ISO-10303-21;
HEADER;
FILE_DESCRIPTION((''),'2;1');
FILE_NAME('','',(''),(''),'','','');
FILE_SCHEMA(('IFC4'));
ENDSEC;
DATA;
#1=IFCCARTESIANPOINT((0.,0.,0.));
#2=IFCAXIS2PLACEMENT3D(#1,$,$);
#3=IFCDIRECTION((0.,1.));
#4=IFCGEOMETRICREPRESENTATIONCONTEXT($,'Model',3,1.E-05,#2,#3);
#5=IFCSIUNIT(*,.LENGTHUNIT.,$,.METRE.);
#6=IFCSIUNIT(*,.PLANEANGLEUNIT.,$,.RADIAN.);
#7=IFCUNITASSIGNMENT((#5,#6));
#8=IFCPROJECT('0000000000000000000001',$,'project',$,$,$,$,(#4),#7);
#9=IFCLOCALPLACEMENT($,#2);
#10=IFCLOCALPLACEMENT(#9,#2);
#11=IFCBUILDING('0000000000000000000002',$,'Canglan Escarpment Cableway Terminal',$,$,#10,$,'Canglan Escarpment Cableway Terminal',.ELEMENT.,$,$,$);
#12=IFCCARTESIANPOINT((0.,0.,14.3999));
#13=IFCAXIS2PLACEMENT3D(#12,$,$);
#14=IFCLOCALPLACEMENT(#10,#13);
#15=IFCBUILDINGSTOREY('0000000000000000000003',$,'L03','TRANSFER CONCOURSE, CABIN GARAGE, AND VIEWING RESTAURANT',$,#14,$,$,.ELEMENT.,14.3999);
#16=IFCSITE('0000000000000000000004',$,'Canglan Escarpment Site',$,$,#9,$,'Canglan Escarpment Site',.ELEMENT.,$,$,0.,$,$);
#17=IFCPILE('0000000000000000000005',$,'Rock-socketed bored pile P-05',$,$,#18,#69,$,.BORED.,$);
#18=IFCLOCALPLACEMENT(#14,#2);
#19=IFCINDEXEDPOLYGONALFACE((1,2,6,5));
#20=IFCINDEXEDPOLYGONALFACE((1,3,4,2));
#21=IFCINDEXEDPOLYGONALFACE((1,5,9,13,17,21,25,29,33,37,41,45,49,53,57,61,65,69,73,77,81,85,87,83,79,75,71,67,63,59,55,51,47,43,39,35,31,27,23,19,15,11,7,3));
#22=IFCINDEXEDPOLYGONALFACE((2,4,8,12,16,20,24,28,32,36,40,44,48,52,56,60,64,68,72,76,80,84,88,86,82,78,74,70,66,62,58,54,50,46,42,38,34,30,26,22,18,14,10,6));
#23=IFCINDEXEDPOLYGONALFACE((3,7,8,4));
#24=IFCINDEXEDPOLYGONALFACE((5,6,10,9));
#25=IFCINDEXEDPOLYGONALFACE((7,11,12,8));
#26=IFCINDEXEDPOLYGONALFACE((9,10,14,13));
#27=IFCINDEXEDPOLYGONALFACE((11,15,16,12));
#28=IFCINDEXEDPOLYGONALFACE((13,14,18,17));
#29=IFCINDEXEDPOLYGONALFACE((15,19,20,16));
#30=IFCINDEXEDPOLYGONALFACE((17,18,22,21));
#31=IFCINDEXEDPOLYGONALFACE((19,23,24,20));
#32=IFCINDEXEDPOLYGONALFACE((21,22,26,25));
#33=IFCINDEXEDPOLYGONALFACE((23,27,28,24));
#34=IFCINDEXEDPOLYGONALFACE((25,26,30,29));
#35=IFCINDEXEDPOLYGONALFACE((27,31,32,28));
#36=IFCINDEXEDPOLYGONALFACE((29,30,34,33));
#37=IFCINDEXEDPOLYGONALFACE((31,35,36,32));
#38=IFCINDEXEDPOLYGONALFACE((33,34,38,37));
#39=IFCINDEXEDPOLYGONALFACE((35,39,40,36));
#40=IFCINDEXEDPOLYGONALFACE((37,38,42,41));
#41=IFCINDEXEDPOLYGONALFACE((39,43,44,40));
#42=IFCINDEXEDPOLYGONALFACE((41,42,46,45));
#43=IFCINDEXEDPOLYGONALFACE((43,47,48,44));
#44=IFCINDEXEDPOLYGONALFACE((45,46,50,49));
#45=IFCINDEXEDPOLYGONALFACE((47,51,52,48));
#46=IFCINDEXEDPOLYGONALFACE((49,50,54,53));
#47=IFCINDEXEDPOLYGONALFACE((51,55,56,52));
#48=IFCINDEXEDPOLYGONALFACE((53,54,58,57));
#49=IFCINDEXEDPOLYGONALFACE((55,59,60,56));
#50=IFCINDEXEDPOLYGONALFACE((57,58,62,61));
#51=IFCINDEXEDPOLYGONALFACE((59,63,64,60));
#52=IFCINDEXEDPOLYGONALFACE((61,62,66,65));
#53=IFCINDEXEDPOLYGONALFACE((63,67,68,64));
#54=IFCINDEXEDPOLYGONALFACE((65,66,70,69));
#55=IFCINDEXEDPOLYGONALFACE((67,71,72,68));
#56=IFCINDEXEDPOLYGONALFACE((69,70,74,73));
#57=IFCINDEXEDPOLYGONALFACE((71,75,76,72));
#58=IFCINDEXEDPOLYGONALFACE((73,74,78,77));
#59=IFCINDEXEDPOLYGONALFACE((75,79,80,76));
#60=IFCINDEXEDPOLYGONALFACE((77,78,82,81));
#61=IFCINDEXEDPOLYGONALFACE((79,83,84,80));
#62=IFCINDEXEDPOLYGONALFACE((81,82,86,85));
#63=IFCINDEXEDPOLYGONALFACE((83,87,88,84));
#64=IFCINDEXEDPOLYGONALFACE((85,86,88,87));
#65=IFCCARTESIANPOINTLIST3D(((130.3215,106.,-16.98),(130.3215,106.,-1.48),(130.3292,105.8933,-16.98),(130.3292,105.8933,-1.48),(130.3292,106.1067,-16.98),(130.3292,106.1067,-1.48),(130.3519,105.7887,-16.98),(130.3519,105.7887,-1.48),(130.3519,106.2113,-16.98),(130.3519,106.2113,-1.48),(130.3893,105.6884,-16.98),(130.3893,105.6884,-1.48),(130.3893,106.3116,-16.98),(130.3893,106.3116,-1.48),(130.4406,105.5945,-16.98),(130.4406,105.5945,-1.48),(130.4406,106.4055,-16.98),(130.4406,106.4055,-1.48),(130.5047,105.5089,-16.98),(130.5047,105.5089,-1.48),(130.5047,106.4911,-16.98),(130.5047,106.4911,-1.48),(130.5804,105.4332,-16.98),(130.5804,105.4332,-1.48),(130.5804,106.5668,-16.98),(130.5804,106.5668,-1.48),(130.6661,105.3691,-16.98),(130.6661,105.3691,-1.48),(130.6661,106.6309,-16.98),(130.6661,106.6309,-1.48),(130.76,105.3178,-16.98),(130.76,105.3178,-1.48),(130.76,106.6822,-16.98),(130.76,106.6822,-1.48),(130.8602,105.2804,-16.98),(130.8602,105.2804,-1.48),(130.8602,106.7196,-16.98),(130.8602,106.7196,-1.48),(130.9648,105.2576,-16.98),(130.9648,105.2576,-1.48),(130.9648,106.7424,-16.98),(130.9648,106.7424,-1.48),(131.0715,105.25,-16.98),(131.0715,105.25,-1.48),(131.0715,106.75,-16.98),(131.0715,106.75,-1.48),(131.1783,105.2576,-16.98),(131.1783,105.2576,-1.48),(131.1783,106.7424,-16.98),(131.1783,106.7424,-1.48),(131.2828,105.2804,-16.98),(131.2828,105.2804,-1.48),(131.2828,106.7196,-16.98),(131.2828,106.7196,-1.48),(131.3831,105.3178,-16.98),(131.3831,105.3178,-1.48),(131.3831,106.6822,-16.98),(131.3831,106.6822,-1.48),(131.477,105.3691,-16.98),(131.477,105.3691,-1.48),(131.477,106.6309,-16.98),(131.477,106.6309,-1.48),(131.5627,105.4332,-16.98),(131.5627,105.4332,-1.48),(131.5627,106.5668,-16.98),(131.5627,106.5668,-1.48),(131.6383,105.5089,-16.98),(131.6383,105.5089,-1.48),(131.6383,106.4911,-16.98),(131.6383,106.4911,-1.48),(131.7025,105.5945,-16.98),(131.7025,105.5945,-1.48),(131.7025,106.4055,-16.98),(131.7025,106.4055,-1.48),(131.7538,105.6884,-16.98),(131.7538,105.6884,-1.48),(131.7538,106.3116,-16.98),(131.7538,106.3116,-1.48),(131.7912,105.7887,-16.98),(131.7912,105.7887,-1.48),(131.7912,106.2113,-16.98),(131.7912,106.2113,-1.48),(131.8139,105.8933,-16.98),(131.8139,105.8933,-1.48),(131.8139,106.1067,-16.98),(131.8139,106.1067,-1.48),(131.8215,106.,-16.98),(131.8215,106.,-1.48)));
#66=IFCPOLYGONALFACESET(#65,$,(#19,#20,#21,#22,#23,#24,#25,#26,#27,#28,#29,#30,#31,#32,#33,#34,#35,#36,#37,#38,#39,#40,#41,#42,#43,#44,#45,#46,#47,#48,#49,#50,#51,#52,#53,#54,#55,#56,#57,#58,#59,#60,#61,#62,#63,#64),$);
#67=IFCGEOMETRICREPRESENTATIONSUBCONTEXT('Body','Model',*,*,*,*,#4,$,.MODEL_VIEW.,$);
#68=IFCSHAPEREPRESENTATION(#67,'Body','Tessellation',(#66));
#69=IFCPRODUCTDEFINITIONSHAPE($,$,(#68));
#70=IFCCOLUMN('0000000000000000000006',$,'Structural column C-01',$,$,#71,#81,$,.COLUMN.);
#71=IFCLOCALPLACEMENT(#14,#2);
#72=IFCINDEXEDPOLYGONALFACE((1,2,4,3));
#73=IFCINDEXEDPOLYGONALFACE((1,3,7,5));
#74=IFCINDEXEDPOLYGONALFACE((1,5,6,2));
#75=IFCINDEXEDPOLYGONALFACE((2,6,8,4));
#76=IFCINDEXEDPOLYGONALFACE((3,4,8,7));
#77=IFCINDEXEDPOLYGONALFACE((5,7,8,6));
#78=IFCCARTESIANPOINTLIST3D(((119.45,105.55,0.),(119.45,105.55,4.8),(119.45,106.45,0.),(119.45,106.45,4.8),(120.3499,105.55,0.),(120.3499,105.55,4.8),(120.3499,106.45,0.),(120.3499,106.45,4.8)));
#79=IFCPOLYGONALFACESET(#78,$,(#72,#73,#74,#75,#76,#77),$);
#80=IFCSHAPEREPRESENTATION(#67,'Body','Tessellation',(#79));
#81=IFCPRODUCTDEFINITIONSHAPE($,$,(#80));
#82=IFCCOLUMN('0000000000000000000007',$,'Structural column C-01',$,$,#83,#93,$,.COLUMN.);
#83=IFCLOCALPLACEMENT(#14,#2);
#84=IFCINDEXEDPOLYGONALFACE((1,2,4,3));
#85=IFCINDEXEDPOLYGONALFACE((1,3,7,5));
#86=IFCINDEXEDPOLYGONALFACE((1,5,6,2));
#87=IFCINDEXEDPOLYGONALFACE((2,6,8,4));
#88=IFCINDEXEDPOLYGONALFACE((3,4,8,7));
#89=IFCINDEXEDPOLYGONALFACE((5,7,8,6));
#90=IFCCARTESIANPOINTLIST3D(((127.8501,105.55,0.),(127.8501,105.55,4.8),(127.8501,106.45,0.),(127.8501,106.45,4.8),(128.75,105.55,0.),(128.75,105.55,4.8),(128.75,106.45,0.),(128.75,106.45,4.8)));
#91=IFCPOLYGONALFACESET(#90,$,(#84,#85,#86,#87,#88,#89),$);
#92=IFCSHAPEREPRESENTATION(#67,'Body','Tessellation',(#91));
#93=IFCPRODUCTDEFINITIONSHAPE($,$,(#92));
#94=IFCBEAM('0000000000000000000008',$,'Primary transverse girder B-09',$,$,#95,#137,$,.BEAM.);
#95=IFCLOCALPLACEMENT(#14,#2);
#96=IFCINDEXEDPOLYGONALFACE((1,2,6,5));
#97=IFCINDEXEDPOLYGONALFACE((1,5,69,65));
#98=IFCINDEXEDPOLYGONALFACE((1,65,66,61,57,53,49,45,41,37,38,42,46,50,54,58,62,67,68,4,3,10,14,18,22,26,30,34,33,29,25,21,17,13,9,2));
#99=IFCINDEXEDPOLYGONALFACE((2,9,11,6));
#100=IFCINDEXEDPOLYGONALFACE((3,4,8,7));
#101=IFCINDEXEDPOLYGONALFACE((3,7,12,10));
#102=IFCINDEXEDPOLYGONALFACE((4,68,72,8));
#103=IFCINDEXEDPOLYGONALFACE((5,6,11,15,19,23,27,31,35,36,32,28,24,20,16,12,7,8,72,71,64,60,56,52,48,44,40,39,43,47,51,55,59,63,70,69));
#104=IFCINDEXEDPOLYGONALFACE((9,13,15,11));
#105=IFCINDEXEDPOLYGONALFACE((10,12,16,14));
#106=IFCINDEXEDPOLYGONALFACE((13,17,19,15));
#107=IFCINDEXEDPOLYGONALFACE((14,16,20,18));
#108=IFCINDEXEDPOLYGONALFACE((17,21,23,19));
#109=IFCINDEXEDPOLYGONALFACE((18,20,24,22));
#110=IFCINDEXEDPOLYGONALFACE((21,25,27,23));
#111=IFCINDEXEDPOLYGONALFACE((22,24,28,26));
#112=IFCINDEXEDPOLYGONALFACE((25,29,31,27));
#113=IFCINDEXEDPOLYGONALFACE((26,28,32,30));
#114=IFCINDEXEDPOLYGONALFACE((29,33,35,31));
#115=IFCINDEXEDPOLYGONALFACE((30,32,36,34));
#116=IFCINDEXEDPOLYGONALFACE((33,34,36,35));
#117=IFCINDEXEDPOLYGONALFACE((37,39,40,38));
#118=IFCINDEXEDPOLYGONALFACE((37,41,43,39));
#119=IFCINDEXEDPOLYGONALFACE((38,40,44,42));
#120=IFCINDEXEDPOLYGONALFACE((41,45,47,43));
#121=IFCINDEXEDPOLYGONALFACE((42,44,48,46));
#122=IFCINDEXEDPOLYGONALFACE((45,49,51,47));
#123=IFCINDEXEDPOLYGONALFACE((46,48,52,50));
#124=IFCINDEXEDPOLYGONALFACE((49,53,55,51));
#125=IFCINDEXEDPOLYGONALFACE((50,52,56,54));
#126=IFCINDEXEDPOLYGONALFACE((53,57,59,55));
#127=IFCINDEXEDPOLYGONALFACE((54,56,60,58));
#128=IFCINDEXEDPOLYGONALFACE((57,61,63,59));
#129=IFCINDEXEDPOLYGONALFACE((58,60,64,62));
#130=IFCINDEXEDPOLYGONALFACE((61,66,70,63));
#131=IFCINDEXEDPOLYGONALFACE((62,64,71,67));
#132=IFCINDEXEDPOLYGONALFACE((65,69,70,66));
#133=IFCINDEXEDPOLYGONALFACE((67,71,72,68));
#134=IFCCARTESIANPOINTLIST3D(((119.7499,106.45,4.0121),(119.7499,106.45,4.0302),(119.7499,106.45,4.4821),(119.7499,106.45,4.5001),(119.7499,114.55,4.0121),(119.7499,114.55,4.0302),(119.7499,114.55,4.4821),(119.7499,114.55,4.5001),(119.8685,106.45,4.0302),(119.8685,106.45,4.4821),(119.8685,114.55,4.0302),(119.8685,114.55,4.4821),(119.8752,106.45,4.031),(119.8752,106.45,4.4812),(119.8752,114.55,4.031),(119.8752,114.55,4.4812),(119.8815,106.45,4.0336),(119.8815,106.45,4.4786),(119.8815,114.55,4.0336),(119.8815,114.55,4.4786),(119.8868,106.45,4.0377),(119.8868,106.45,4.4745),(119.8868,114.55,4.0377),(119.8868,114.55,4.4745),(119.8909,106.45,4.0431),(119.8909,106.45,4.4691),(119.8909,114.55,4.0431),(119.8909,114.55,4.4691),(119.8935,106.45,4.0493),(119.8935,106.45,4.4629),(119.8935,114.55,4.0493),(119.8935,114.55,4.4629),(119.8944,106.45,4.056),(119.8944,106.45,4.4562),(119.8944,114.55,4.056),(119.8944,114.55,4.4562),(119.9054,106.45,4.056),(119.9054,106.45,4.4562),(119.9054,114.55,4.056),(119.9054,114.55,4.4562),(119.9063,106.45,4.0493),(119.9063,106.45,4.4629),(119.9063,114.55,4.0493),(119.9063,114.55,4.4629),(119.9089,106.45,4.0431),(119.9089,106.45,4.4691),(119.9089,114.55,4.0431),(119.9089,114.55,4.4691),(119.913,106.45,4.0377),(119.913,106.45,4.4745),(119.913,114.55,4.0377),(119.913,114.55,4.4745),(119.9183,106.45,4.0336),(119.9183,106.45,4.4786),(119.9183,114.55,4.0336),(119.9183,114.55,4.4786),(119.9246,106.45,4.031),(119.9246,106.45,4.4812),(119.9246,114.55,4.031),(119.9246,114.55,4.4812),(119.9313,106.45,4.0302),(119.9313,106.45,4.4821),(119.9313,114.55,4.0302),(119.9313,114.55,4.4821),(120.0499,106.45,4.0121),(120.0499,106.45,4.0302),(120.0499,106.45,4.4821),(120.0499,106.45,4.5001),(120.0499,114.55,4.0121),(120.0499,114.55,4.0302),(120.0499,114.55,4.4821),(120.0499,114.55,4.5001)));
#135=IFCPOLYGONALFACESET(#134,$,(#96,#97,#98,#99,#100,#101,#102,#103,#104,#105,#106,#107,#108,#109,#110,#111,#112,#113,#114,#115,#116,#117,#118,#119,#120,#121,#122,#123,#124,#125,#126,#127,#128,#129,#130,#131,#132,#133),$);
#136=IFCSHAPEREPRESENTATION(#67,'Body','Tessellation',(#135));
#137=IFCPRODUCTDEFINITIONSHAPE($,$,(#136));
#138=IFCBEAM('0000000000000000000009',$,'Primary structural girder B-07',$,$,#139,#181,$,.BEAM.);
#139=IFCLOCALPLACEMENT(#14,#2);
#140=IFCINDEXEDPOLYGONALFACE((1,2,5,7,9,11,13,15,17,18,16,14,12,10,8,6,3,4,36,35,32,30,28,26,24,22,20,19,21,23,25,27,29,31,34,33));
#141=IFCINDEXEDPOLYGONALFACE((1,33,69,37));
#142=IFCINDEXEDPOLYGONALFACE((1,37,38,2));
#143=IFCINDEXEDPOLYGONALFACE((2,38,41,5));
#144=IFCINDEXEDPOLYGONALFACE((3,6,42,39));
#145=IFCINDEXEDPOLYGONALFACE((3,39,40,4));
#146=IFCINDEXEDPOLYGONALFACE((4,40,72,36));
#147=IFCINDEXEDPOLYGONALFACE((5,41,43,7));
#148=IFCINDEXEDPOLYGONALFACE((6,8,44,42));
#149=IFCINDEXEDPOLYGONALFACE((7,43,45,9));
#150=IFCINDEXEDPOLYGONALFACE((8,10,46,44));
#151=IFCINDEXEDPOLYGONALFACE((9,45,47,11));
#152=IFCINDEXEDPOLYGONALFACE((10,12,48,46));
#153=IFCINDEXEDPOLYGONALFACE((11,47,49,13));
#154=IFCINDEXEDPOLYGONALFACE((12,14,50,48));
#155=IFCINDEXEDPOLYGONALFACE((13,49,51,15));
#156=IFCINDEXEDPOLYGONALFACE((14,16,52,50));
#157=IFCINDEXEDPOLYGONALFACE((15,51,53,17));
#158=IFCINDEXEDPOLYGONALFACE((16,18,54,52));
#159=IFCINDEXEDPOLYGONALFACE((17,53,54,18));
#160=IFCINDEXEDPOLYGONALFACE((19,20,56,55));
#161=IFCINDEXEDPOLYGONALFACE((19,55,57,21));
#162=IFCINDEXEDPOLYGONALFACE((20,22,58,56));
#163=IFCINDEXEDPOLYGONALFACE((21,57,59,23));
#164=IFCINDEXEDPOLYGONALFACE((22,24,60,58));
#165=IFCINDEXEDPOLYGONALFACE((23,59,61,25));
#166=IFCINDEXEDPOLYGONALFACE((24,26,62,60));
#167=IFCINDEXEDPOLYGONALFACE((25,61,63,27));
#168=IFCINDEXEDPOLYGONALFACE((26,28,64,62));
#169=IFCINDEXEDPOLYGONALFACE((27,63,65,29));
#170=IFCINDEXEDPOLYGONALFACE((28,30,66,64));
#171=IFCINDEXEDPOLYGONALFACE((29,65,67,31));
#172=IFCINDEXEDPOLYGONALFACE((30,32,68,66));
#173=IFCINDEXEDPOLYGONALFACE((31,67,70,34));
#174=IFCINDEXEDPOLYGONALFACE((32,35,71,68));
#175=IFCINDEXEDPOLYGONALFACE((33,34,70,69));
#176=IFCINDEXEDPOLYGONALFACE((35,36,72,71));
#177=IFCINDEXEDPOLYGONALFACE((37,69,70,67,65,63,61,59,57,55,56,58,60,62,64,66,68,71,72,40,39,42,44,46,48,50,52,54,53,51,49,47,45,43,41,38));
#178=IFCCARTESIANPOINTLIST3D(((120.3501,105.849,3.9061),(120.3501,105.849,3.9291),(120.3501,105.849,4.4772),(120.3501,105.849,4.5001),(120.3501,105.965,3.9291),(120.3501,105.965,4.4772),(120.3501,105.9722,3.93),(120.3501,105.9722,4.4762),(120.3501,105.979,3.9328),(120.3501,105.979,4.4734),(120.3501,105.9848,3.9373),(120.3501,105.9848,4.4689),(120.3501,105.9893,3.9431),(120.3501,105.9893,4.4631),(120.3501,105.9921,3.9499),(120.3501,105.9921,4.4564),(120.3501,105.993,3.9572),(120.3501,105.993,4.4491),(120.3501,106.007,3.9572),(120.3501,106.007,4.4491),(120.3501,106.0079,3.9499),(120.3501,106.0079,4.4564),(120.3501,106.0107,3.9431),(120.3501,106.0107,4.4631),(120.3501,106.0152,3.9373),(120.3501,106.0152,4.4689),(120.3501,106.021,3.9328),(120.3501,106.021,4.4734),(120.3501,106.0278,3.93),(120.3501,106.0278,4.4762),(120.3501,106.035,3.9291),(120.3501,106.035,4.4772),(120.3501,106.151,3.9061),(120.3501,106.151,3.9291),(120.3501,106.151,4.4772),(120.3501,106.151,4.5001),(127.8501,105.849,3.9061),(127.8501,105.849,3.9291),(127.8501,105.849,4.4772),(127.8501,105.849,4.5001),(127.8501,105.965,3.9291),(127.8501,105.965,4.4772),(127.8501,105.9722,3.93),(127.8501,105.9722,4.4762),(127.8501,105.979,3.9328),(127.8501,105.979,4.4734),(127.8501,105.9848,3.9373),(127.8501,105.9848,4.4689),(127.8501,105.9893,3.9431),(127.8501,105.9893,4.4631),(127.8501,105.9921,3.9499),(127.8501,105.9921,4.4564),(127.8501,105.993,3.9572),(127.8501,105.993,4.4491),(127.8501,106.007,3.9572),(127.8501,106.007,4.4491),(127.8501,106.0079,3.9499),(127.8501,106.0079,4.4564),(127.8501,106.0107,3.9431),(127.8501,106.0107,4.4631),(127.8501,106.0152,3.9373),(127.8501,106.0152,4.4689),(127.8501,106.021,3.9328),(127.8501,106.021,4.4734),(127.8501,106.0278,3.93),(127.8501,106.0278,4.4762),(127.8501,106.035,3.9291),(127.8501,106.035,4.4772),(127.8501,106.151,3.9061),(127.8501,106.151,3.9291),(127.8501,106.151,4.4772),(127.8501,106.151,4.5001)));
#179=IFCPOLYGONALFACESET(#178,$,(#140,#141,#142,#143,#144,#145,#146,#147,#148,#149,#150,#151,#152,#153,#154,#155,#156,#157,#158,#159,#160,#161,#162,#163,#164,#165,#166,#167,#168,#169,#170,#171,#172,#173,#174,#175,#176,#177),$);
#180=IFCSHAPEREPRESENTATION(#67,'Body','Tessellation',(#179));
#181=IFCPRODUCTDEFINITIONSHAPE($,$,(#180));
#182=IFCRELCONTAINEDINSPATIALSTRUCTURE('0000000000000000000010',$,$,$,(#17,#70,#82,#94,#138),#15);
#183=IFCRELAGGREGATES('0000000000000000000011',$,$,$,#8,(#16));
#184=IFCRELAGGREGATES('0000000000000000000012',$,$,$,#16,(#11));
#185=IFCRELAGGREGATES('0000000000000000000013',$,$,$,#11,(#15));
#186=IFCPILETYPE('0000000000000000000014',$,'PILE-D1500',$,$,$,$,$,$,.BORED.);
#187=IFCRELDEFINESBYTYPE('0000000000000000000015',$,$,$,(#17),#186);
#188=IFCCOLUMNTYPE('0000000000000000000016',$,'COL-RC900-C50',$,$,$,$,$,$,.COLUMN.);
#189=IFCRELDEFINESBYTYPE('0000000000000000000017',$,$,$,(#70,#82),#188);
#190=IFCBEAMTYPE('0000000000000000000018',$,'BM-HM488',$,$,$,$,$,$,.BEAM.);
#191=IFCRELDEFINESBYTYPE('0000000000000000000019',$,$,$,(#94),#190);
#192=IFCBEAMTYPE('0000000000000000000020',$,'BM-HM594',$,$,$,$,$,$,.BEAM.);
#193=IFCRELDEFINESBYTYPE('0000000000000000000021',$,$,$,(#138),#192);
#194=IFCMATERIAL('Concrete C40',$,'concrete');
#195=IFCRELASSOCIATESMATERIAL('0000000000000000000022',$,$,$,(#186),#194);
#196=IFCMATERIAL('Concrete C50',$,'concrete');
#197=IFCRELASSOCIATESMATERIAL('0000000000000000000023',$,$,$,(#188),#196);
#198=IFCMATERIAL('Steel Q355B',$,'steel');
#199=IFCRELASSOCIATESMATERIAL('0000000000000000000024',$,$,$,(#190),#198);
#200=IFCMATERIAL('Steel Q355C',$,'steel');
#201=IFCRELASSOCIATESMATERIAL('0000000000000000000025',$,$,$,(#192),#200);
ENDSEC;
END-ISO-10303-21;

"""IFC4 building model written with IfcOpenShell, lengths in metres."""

from ifc_helpers import new_model, si_unit, direction, frame, origin, origin_2d, place, context, subcontext, project, spatial, rectangle, circle, i_section, extrude, material, material_profile, profile_set, type_object, element, save


model = new_model("IFC4")

# Units and contexts
model_context = context("Model", 3, precision=1e-05, world=origin(), true_north=direction((0.0, 1.0)))
body_context = subcontext(model_context, "Body", "Model", "MODEL_VIEW")
ifc_project = project(units=[si_unit("LENGTHUNIT", "METRE"), si_unit("PLANEANGLEUNIT", "RADIAN")], contexts=[model_context])

# Site, building, storey
site_placement = place(None, origin())
site = spatial("IfcSite", under=ifc_project, at=site_placement, Name="Canglan Escarpment Site", LongName="Canglan Escarpment Site", CompositionType="ELEMENT", RefElevation=0.0)
building_placement = place(site_placement, origin())
building = spatial("IfcBuilding", under=site, at=building_placement, Name="Canglan Escarpment Cableway Terminal", LongName="Canglan Escarpment Cableway Terminal", CompositionType="ELEMENT")
storey_placement = place(building_placement, frame((0.0, 0.0, 14.3999)))
storey = spatial("IfcBuildingStorey", under=building, at=storey_placement, Name="L03", Description="TRANSFER CONCOURSE, CABIN GARAGE, AND VIEWING RESTAURANT", CompositionType="ELEMENT", Elevation=14.3999)

# Shared definitions
ifc_material_1 = material(Name="Concrete C40", Category="concrete")

# Pile
ifc_material_profile_1 = material_profile(ifc_material_1, circle(Radius=0.75, at=origin_2d()), Name="BORED PILE D1500")
ifc_profile_set_1 = profile_set([ifc_material_profile_1], Name="Concrete C40")
pile_type = type_object("IfcPileType", Name="PILE-D1500", PredefinedType="BORED", material=ifc_profile_set_1)
for number, where, z_axis, x_axis, name in (
    (1, (131.0715, 106.0, -1.48), (0.0, 0.0, -1.0), (1.0, 0.0, 0.0), "Rock-socketed bored pile P-05"),
):
    element("IfcPile", number, at=place(storey_placement, frame(where, z_axis=z_axis, x_axis=x_axis)), inside=storey, type_object=pile_type, Name=name, PredefinedType="BORED", context=body_context, shape_type="SweptSolid", body=[
        extrude(circle(Radius=0.75, at=origin_2d()), origin(), (0.0, 0.0, 1.0), 15.5),
    ])

# Columns
ifc_material_2 = material(Name="Concrete C50", Category="concrete")
ifc_material_profile_2 = material_profile(ifc_material_2, rectangle(XDim=0.8999, YDim=0.8999, at=origin_2d()), Name="RC 900x900")
ifc_profile_set_2 = profile_set([ifc_material_profile_2], Name="Concrete C50")
column_type = type_object("IfcColumnType", Name="COL-RC900-C50", PredefinedType="COLUMN", material=ifc_profile_set_2)
for number, where, z_axis, x_axis, name in (
    (2, (119.8999, 106.0, 0.0), (0.0, 0.0, 1.0), (1.0, 0.0, 0.0), "Structural column C-01"),
    (3, (128.3, 106.0, 0.0), (0.0, 0.0, 1.0), (1.0, 0.0, 0.0), "Structural column C-01"),
):
    element("IfcColumn", number, at=place(storey_placement, frame(where, z_axis=z_axis, x_axis=x_axis)), inside=storey, type_object=column_type, Name=name, PredefinedType="COLUMN", context=body_context, shape_type="SweptSolid", body=[
        extrude(rectangle(XDim=0.8999, YDim=0.8999, at=origin_2d()), origin(), (0.0, 0.0, 1.0), 4.8),
    ])

# Beams
ifc_material_3 = material(Name="Steel Q355B", Category="steel")
ifc_material_profile_3 = material_profile(ifc_material_3, i_section(OverallWidth=0.3, OverallDepth=0.488, WebThickness=0.011, FlangeThickness=0.0181, FilletRadius=0.0259, at=origin_2d()), Name="HM 488x300x11x18")
ifc_profile_set_3 = profile_set([ifc_material_profile_3], Name="Steel Q355B")
beam_type_1 = type_object("IfcBeamType", Name="BM-HM488", PredefinedType="BEAM", material=ifc_profile_set_3)
beam_1_placement = place(storey_placement, frame((119.8999, 106.45, 4.2561), z_axis=(0.0, 1.0, 0.0), x_axis=(-1.0, 0.0, 0.0)))
element("IfcBeam", 4, at=beam_1_placement, inside=storey, type_object=beam_type_1, Name="Primary transverse girder B-09", PredefinedType="BEAM", context=body_context, shape_type="SweptSolid", body=[
    extrude(i_section(OverallWidth=0.3, OverallDepth=0.488, WebThickness=0.011, FlangeThickness=0.0181, FilletRadius=0.0259, at=origin_2d()), origin(), (0.0, 0.0, 1.0), 8.1001),
])
ifc_material_4 = material(Name="Steel Q355C", Category="steel")
ifc_material_profile_4 = material_profile(ifc_material_4, i_section(OverallWidth=0.302, OverallDepth=0.594, WebThickness=0.0139, FlangeThickness=0.0229, FilletRadius=0.0281, at=origin_2d()), Name="HM 594x302x14x23")
ifc_profile_set_4 = profile_set([ifc_material_profile_4], Name="Steel Q355C")
beam_type_2 = type_object("IfcBeamType", Name="BM-HM594", PredefinedType="BEAM", material=ifc_profile_set_4)
beam_2_placement = place(storey_placement, frame((120.3501, 106.0, 4.2031), z_axis=(1.0, 0.0, 0.0), x_axis=(0.0, 1.0, 0.0)))
element("IfcBeam", 5, at=beam_2_placement, inside=storey, type_object=beam_type_2, Name="Primary structural girder B-07", PredefinedType="BEAM", context=body_context, shape_type="SweptSolid", body=[
    extrude(i_section(OverallWidth=0.302, OverallDepth=0.594, WebThickness=0.0139, FlangeThickness=0.0229, FilletRadius=0.0281, at=origin_2d()), origin(), (0.0, 0.0, 1.0), 7.5),
])

save(model, "model.ifc")
